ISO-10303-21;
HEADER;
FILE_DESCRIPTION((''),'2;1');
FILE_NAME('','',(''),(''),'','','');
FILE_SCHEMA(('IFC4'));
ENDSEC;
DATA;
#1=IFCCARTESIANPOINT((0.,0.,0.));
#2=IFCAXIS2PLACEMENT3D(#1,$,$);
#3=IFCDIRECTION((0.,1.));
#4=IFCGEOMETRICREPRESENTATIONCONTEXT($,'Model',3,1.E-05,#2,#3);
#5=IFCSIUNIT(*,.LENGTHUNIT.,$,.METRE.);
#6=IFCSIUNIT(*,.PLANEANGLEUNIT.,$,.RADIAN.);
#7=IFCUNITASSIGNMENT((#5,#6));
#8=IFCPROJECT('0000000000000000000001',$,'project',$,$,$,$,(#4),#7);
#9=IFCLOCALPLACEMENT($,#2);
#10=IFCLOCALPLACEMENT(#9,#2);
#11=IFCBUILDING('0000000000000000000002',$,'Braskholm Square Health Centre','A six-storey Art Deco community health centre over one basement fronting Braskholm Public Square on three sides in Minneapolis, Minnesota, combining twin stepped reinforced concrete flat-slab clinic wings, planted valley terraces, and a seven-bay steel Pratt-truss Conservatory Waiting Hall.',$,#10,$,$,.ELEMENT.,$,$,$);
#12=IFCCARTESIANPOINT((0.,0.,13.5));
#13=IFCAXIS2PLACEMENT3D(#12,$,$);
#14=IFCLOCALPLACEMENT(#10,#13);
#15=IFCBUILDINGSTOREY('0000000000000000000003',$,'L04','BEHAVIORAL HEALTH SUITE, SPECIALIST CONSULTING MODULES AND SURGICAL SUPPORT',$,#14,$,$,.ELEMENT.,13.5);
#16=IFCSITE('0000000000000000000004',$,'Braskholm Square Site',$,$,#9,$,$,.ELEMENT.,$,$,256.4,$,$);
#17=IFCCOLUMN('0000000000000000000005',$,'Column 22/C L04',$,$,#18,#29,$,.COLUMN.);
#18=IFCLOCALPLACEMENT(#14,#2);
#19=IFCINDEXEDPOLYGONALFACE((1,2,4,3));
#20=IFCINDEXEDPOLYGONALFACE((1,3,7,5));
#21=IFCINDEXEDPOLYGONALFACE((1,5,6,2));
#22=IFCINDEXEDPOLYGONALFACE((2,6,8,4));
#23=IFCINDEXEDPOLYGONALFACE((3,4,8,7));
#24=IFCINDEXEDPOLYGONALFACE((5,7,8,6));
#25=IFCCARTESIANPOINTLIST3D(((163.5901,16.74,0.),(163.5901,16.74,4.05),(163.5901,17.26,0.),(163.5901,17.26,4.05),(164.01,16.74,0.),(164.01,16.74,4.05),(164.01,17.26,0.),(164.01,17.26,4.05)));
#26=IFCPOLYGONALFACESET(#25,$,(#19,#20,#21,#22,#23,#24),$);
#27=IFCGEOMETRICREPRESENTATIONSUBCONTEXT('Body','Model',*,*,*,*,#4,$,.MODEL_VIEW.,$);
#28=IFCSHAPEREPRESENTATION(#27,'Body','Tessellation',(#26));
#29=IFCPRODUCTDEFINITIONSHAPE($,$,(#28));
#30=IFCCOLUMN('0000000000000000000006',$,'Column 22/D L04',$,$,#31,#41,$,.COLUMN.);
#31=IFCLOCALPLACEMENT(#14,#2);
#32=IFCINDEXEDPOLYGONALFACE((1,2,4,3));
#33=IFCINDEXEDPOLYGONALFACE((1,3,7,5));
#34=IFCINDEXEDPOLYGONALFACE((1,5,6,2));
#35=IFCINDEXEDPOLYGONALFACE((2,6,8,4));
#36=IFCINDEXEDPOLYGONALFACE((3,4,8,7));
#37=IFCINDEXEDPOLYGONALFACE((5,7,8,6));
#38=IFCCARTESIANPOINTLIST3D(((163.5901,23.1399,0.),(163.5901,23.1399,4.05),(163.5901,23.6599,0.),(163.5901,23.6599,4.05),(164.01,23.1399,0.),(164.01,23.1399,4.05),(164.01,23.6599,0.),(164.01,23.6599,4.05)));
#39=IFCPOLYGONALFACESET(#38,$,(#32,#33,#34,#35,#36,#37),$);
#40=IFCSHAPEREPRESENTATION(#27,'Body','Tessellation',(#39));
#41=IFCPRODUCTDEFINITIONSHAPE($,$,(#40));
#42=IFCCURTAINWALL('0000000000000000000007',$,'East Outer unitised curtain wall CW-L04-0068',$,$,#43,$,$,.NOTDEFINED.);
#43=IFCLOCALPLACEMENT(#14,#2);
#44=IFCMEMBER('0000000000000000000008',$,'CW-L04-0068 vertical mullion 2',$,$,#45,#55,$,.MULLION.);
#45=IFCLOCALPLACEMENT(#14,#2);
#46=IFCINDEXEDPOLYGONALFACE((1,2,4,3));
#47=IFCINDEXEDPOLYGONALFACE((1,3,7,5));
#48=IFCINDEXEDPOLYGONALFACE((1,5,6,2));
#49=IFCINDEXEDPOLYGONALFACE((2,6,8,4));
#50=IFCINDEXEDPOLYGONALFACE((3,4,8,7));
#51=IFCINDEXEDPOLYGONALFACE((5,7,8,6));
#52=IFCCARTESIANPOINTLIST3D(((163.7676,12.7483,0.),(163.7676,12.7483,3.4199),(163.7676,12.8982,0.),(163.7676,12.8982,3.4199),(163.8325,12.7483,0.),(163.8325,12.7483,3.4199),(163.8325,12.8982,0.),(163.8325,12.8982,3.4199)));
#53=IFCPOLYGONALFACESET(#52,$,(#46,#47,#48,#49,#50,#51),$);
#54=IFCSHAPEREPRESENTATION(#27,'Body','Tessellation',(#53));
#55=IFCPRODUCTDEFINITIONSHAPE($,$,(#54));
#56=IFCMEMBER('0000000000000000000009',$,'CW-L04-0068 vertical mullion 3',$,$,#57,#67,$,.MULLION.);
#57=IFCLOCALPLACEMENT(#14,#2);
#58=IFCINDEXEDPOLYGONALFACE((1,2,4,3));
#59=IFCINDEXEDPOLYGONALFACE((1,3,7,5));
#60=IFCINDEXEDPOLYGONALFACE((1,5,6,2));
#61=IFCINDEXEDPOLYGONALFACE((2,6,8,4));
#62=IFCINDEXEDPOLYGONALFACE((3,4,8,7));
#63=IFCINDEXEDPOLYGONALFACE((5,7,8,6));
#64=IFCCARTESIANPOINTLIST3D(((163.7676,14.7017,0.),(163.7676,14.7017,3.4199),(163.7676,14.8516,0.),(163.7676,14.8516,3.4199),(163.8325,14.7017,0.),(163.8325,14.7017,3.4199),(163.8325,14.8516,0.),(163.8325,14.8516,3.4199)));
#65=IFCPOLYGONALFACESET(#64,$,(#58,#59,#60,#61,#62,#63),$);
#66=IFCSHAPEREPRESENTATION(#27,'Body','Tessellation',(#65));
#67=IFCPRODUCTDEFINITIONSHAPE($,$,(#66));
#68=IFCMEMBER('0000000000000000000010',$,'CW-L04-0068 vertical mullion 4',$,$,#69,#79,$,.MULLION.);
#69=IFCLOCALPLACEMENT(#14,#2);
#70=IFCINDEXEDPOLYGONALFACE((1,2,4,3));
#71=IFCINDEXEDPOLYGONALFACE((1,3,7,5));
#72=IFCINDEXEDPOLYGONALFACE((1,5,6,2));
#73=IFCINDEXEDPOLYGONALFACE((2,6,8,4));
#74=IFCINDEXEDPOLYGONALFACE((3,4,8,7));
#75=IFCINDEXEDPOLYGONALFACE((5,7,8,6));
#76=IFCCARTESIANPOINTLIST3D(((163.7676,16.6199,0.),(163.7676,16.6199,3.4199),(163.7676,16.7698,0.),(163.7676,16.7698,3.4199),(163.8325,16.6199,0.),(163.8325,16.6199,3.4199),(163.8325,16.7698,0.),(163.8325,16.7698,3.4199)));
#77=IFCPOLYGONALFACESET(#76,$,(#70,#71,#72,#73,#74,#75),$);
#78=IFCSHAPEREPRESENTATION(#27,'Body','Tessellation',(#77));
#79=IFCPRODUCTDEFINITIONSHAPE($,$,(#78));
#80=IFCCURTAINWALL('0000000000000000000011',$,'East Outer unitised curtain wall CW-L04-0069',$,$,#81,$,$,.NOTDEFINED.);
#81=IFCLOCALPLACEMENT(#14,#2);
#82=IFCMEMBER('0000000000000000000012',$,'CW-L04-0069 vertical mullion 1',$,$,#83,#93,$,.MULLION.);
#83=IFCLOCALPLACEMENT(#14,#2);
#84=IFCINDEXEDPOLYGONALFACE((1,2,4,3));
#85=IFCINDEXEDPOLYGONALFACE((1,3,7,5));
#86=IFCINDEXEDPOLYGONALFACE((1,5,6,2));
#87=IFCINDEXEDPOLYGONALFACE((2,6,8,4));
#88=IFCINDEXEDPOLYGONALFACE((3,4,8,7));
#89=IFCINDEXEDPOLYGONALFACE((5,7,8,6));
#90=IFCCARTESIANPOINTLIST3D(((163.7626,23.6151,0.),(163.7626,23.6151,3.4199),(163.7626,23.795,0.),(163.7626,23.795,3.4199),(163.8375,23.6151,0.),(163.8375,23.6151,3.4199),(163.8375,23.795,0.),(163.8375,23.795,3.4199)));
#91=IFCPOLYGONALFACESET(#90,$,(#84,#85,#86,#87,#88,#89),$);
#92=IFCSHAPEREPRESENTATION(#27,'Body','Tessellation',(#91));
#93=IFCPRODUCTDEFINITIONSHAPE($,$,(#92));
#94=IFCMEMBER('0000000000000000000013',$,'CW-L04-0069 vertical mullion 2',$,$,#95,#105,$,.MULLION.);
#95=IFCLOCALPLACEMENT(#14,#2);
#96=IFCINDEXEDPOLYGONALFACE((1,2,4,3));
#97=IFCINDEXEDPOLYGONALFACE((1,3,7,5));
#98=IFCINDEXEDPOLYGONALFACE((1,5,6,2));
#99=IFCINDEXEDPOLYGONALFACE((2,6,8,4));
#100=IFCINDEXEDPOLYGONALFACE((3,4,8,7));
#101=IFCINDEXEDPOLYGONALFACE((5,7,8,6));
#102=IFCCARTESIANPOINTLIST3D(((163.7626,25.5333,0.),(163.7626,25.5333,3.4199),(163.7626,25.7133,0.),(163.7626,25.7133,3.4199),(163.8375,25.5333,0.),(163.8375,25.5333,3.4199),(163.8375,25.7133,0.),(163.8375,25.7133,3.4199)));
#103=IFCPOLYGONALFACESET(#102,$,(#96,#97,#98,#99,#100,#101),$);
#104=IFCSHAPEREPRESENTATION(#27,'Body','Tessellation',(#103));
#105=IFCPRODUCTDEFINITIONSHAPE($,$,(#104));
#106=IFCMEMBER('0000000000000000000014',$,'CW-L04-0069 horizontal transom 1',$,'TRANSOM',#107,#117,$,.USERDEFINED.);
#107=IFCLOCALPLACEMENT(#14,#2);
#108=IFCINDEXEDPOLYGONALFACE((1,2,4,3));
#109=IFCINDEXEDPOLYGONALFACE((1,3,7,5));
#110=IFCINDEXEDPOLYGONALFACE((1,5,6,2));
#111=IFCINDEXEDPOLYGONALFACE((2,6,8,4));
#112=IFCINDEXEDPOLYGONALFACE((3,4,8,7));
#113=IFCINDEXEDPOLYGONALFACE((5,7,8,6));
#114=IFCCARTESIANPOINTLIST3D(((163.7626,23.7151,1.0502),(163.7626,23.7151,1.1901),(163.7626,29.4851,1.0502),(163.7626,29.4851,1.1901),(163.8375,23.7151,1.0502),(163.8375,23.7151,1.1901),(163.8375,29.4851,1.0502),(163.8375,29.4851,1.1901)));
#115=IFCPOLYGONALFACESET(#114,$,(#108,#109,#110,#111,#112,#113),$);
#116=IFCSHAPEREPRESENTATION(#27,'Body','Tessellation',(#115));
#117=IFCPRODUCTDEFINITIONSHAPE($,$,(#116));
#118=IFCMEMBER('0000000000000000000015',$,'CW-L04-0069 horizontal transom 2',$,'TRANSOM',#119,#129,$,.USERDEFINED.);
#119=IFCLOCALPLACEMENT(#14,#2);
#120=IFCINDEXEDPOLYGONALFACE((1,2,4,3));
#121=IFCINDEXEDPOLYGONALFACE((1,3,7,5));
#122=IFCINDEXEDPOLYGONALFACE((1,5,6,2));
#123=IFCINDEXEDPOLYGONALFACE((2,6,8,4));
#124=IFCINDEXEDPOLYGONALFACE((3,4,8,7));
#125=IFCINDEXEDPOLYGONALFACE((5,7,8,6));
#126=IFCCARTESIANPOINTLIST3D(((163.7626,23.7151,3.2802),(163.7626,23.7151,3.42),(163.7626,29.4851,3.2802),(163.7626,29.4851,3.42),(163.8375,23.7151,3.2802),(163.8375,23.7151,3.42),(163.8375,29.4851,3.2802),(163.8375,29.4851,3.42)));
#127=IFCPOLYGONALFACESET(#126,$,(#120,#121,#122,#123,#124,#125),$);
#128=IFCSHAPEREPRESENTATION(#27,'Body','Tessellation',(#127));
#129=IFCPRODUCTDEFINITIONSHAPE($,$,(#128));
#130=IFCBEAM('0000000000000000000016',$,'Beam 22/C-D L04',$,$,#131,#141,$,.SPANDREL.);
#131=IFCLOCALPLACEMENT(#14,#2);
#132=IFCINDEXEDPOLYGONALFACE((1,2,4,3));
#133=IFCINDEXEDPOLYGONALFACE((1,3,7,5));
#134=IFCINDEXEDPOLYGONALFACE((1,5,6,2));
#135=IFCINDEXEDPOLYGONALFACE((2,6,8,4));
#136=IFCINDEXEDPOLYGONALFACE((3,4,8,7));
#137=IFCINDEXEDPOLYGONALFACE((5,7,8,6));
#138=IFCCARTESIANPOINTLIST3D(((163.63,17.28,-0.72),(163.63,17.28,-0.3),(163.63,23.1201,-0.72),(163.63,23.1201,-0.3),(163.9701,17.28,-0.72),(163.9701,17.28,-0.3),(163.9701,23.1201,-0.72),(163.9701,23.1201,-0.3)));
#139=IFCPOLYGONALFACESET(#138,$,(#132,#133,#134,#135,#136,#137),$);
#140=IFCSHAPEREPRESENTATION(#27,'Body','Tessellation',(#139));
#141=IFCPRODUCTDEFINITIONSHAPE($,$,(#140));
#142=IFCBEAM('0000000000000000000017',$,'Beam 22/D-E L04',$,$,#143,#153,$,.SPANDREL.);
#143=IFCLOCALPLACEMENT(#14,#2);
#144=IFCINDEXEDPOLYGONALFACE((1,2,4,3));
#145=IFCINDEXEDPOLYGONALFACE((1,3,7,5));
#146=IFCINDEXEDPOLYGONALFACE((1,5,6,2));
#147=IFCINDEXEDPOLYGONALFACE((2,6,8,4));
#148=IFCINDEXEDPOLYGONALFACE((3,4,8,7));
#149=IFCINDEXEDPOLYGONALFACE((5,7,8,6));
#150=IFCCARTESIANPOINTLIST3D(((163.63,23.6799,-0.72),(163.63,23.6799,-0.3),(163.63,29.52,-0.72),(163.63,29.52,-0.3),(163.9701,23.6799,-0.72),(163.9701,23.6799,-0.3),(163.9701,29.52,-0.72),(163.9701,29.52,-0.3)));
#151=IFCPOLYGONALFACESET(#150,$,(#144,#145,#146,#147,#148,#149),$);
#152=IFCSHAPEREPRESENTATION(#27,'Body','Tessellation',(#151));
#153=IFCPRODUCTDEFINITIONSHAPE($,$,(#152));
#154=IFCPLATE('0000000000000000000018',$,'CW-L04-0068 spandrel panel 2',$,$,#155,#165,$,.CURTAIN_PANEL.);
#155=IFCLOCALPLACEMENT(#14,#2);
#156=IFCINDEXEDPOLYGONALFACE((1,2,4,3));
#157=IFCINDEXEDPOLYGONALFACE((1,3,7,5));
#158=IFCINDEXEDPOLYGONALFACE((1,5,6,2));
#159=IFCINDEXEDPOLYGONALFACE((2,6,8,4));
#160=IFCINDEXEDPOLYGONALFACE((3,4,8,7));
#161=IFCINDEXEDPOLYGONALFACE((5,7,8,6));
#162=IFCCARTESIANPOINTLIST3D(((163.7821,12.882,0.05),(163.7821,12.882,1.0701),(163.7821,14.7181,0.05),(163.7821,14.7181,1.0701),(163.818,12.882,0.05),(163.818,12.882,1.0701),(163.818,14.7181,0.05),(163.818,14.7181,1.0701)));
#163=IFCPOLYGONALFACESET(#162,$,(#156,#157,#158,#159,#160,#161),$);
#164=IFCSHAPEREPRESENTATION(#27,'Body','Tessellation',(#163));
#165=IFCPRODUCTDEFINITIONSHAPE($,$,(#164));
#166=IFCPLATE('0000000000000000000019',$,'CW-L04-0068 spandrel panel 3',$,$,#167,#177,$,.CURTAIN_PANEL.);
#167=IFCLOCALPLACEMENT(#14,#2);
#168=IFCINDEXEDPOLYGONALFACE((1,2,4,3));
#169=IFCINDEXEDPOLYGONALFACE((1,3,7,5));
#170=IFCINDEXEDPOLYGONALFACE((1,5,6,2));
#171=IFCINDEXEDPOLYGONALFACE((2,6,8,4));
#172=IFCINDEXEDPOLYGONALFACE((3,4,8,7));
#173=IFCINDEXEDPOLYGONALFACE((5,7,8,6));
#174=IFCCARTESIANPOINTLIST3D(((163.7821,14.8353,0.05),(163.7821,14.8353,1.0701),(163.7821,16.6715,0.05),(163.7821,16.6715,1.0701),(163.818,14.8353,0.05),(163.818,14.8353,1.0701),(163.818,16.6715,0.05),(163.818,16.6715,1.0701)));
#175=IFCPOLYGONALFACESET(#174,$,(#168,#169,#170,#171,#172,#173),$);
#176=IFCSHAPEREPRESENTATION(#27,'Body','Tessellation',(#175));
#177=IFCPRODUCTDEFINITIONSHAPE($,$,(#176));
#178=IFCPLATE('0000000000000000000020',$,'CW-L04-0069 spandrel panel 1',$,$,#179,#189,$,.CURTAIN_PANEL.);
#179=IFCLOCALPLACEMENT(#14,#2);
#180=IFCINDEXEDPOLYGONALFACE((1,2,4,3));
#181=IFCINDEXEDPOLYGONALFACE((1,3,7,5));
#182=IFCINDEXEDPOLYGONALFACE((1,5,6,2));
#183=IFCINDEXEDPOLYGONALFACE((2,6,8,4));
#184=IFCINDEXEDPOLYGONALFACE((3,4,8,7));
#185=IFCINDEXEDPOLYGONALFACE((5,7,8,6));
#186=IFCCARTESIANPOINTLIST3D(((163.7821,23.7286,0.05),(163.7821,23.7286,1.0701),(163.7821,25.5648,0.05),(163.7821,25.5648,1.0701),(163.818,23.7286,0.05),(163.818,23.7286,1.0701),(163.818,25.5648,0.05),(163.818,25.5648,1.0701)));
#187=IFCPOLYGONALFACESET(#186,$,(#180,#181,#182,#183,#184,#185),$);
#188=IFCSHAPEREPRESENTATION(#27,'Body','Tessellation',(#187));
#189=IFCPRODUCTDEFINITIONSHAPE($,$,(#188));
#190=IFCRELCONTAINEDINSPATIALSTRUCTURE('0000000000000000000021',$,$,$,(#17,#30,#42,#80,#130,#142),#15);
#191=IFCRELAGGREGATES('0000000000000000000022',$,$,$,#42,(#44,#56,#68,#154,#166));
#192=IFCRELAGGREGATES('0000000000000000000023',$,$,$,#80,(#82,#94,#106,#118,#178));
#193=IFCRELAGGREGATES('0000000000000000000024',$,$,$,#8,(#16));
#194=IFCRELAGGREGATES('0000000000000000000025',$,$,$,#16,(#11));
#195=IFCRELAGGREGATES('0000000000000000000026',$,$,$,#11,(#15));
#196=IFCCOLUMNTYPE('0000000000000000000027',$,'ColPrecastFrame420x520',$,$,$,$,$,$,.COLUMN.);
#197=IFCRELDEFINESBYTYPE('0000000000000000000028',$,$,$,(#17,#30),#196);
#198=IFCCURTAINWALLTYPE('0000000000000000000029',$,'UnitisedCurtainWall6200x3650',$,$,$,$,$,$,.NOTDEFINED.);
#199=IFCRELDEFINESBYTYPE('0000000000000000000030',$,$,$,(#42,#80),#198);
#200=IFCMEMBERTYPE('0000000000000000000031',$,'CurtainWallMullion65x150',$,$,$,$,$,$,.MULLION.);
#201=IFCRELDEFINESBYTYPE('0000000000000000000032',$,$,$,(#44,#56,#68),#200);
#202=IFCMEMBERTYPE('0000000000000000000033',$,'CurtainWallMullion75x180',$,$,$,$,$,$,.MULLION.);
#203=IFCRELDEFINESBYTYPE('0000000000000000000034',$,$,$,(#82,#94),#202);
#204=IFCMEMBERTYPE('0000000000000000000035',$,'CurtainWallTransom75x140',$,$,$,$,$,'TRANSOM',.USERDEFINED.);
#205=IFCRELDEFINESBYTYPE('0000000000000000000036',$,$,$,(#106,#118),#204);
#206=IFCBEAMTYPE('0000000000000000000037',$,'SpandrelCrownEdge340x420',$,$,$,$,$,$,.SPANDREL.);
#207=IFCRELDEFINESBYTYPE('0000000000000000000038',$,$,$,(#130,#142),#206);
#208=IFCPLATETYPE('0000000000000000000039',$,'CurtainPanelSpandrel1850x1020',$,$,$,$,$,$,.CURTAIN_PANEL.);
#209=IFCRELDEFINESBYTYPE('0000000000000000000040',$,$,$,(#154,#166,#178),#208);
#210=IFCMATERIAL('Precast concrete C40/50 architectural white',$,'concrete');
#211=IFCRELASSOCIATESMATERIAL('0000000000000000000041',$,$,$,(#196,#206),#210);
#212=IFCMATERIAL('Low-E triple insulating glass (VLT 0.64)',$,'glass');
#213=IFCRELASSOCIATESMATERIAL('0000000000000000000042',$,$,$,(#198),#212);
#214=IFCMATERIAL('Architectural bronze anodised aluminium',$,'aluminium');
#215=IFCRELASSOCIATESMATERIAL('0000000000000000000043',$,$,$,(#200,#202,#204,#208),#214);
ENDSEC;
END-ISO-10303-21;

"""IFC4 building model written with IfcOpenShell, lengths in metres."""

from ifc_helpers import new_model, si_unit, direction, frame, origin, origin_2d, place, context, subcontext, project, spatial, rectangle, extrude, material, material_profile, profile_set, type_object, element, aggregate, save


model = new_model("IFC4")

# Units and contexts
model_context = context("Model", 3, precision=1e-05, world=origin(), true_north=direction((0.0, 1.0)))
body_context = subcontext(model_context, "Body", "Model", "MODEL_VIEW")
ifc_project = project(units=[si_unit("LENGTHUNIT", "METRE"), si_unit("PLANEANGLEUNIT", "RADIAN")], contexts=[model_context])

# Site, building, storey
site_placement = place(None, origin())
site = spatial("IfcSite", under=ifc_project, at=site_placement, Name="Braskholm Square Site", CompositionType="ELEMENT", RefElevation=256.4)
building_placement = place(site_placement, origin())
building = spatial("IfcBuilding", under=site, at=building_placement, Name="Braskholm Square Health Centre", Description="A six-storey Art Deco community health centre over one basement fronting Braskholm Public Square on three sides in Minneapolis, Minnesota, combining twin stepped reinforced concrete flat-slab clinic wings, planted valley terraces, and a seven-bay steel Pratt-truss Conservatory Waiting Hall.", CompositionType="ELEMENT")
storey_placement = place(building_placement, frame((0.0, 0.0, 13.5)))
storey = spatial("IfcBuildingStorey", under=building, at=storey_placement, Name="L04", Description="BEHAVIORAL HEALTH SUITE, SPECIALIST CONSULTING MODULES AND SURGICAL SUPPORT", CompositionType="ELEMENT", Elevation=13.5)

# Columns
ifc_material_1 = material(Name="Precast concrete C40/50 architectural white", Category="concrete")
ifc_material_profile_1 = material_profile(ifc_material_1, rectangle(XDim=0.4199, YDim=0.52, at=origin_2d()), Name="RC-420X520")
ifc_profile_set_1 = profile_set([ifc_material_profile_1], Name="Precast concrete C40/50 architectural white")
column_type = type_object("IfcColumnType", Name="ColPrecastFrame420x520", PredefinedType="COLUMN", material=ifc_profile_set_1)
for number, where, z_axis, x_axis, name in (
    (1, (163.8, 17.0, 0.0), (0.0, 0.0, 1.0), (1.0, 0.0, 0.0), "Column 22/C L04"),
    (2, (163.8, 23.3999, 0.0), (0.0, 0.0, 1.0), (1.0, 0.0, 0.0), "Column 22/D L04"),
):
    element("IfcColumn", number, at=place(storey_placement, frame(where, z_axis=z_axis, x_axis=x_axis)), inside=storey, type_object=column_type, Name=name, PredefinedType="COLUMN", context=body_context, shape_type="SweptSolid", body=[
        extrude(rectangle(XDim=0.4199, YDim=0.52, at=origin_2d()), origin(), (0.0, 0.0, 1.0), 4.05),
    ])

# Curtain walls, members
ifc_material_2 = material(Name="Low-E triple insulating glass (VLT 0.64)", Category="glass")
curtain_wall_type = type_object("IfcCurtainWallType", Name="UnitisedCurtainWall6200x3650", PredefinedType="NOTDEFINED", material=ifc_material_2)
curtain_wall_1_placement = place(storey_placement, origin())
curtain_wall_1 = element("IfcCurtainWall", 3, at=curtain_wall_1_placement, inside=storey, type_object=curtain_wall_type, Name="East Outer unitised curtain wall CW-L04-0068", PredefinedType="NOTDEFINED")
ifc_material_3 = material(Name="Architectural bronze anodised aluminium", Category="aluminium")
ifc_material_profile_2 = material_profile(ifc_material_3, rectangle(XDim=0.0649, YDim=0.1499, at=origin_2d()), Name="ALU-65X150")
ifc_profile_set_2 = profile_set([ifc_material_profile_2], Name="Architectural bronze anodised aluminium")
member_type_1 = type_object("IfcMemberType", Name="CurtainWallMullion65x150", PredefinedType="MULLION", material=ifc_profile_set_2)
member_1_placement = place(storey_placement, frame((163.8, 12.8232, 0.0), z_axis=(0.0, 0.0, 1.0), x_axis=(1.0, 0.0, 0.0)))
member_1 = element("IfcMember", 4, at=member_1_placement, type_object=member_type_1, Name="CW-L04-0068 vertical mullion 2", PredefinedType="MULLION", context=body_context, shape_type="SweptSolid", body=[
    extrude(rectangle(XDim=0.0649, YDim=0.1499, at=origin_2d()), origin(), (0.0, 0.0, 1.0), 3.4199),
])
member_2_placement = place(storey_placement, frame((163.8, 14.7766, 0.0), z_axis=(0.0, 0.0, 1.0), x_axis=(1.0, 0.0, 0.0)))
member_2 = element("IfcMember", 5, at=member_2_placement, type_object=member_type_1, Name="CW-L04-0068 vertical mullion 3", PredefinedType="MULLION", context=body_context, shape_type="SweptSolid", body=[
    extrude(rectangle(XDim=0.0649, YDim=0.1499, at=origin_2d()), origin(), (0.0, 0.0, 1.0), 3.4199),
])
member_3_placement = place(storey_placement, frame((163.8, 16.6948, 0.0), z_axis=(0.0, 0.0, 1.0), x_axis=(1.0, 0.0, 0.0)))
member_3 = element("IfcMember", 6, at=member_3_placement, type_object=member_type_1, Name="CW-L04-0068 vertical mullion 4", PredefinedType="MULLION", context=body_context, shape_type="SweptSolid", body=[
    extrude(rectangle(XDim=0.0649, YDim=0.1499, at=origin_2d()), origin(), (0.0, 0.0, 1.0), 3.4199),
])
curtain_wall_2_placement = place(storey_placement, origin())
curtain_wall_2 = element("IfcCurtainWall", 7, at=curtain_wall_2_placement, inside=storey, type_object=curtain_wall_type, Name="East Outer unitised curtain wall CW-L04-0069", PredefinedType="NOTDEFINED")
ifc_material_profile_3 = material_profile(ifc_material_3, rectangle(XDim=0.075, YDim=0.1799, at=origin_2d()), Name="ALU-75X180")
ifc_profile_set_3 = profile_set([ifc_material_profile_3], Name="Architectural bronze anodised aluminium")
member_type_2 = type_object("IfcMemberType", Name="CurtainWallMullion75x180", PredefinedType="MULLION", material=ifc_profile_set_3)
member_4_placement = place(storey_placement, frame((163.8, 23.7051, 0.0), z_axis=(0.0, 0.0, 1.0), x_axis=(1.0, 0.0, 0.0)))
member_4 = element("IfcMember", 8, at=member_4_placement, type_object=member_type_2, Name="CW-L04-0069 vertical mullion 1", PredefinedType="MULLION", context=body_context, shape_type="SweptSolid", body=[
    extrude(rectangle(XDim=0.075, YDim=0.1799, at=origin_2d()), origin(), (0.0, 0.0, 1.0), 3.4199),
])
member_5_placement = place(storey_placement, frame((163.8, 25.6233, 0.0), z_axis=(0.0, 0.0, 1.0), x_axis=(1.0, 0.0, 0.0)))
member_5 = element("IfcMember", 9, at=member_5_placement, type_object=member_type_2, Name="CW-L04-0069 vertical mullion 2", PredefinedType="MULLION", context=body_context, shape_type="SweptSolid", body=[
    extrude(rectangle(XDim=0.075, YDim=0.1799, at=origin_2d()), origin(), (0.0, 0.0, 1.0), 3.4199),
])
ifc_material_profile_4 = material_profile(ifc_material_3, rectangle(XDim=0.075, YDim=0.1399, at=origin_2d()), Name="ALU-75X140")
ifc_profile_set_4 = profile_set([ifc_material_profile_4], Name="Architectural bronze anodised aluminium")
member_type_3 = type_object("IfcMemberType", Name="CurtainWallTransom75x140", ElementType="TRANSOM", PredefinedType="USERDEFINED", material=ifc_profile_set_4)
member_6_placement = place(storey_placement, frame((163.8, 23.7151, 1.1201), z_axis=(0.0, 1.0, 0.0), x_axis=(-1.0, 0.0, 0.0)))
member_6 = element("IfcMember", 10, at=member_6_placement, type_object=member_type_3, Name="CW-L04-0069 horizontal transom 1", ObjectType="TRANSOM", PredefinedType="USERDEFINED", context=body_context, shape_type="SweptSolid", body=[
    extrude(rectangle(XDim=0.075, YDim=0.1399, at=origin_2d()), origin(), (0.0, 0.0, 1.0), 5.77),
])
member_7_placement = place(storey_placement, frame((163.8, 23.7151, 3.3501), z_axis=(0.0, 1.0, 0.0), x_axis=(-1.0, 0.0, 0.0)))
member_7 = element("IfcMember", 11, at=member_7_placement, type_object=member_type_3, Name="CW-L04-0069 horizontal transom 2", ObjectType="TRANSOM", PredefinedType="USERDEFINED", context=body_context, shape_type="SweptSolid", body=[
    extrude(rectangle(XDim=0.075, YDim=0.1399, at=origin_2d()), origin(), (0.0, 0.0, 1.0), 5.77),
])

# Beams
ifc_material_profile_5 = material_profile(ifc_material_1, rectangle(XDim=0.3401, YDim=0.4199, at=origin_2d()), Name="RCB-340X420")
ifc_profile_set_5 = profile_set([ifc_material_profile_5], Name="Precast concrete C40/50 architectural white")
beam_type = type_object("IfcBeamType", Name="SpandrelCrownEdge340x420", PredefinedType="SPANDREL", material=ifc_profile_set_5)
for number, where, z_axis, x_axis, name in (
    (12, (163.8, 17.28, -0.51), (0.0, 1.0, 0.0), (-1.0, 0.0, 0.0), "Beam 22/C-D L04"),
    (13, (163.8, 23.6799, -0.51), (0.0, 1.0, 0.0), (-1.0, 0.0, 0.0), "Beam 22/D-E L04"),
):
    element("IfcBeam", number, at=place(storey_placement, frame(where, z_axis=z_axis, x_axis=x_axis)), inside=storey, type_object=beam_type, Name=name, PredefinedType="SPANDREL", context=body_context, shape_type="SweptSolid", body=[
        extrude(rectangle(XDim=0.3401, YDim=0.4199, at=origin_2d()), origin(), (0.0, 0.0, 1.0), 5.8401),
    ])

# Plates
plate_type_1 = type_object("IfcPlateType", Name="CurtainPanelSpandrel1850x1020", PredefinedType="CURTAIN_PANEL", material=ifc_material_3)
plate_1_placement = place(storey_placement, frame((163.8, 13.8, 0.05), z_axis=(0.0, 0.0, 1.0), x_axis=(0.0, 1.0, 0.0)))
plate_1 = element("IfcPlate", 14, at=plate_1_placement, type_object=plate_type_1, Name="CW-L04-0068 spandrel panel 2", PredefinedType="CURTAIN_PANEL", context=body_context, shape_type="SweptSolid", body=[
    extrude(rectangle(XDim=1.8362, YDim=0.0359, at=origin_2d()), origin(), (0.0, 0.0, 1.0), 1.02),
])
plate_2_placement = place(storey_placement, frame((163.8, 15.7534, 0.05), z_axis=(0.0, 0.0, 1.0), x_axis=(0.0, 1.0, 0.0)))
plate_2 = element("IfcPlate", 15, at=plate_2_placement, type_object=plate_type_1, Name="CW-L04-0068 spandrel panel 3", PredefinedType="CURTAIN_PANEL", context=body_context, shape_type="SweptSolid", body=[
    extrude(rectangle(XDim=1.8362, YDim=0.0359, at=origin_2d()), origin(), (0.0, 0.0, 1.0), 1.02),
])
plate_3_placement = place(storey_placement, frame((163.8, 24.6467, 0.05), z_axis=(0.0, 0.0, 1.0), x_axis=(0.0, 1.0, 0.0)))
plate_3 = element("IfcPlate", 16, at=plate_3_placement, type_object=plate_type_1, Name="CW-L04-0069 spandrel panel 1", PredefinedType="CURTAIN_PANEL", context=body_context, shape_type="SweptSolid", body=[
    extrude(rectangle(XDim=1.8362, YDim=0.0359, at=origin_2d()), origin(), (0.0, 0.0, 1.0), 1.02),
])
aggregate(curtain_wall_1, [member_1, member_2, member_3, plate_1, plate_2])
aggregate(curtain_wall_2, [member_4, member_5, member_6, member_7, plate_3])

save(model, "model.ifc")
